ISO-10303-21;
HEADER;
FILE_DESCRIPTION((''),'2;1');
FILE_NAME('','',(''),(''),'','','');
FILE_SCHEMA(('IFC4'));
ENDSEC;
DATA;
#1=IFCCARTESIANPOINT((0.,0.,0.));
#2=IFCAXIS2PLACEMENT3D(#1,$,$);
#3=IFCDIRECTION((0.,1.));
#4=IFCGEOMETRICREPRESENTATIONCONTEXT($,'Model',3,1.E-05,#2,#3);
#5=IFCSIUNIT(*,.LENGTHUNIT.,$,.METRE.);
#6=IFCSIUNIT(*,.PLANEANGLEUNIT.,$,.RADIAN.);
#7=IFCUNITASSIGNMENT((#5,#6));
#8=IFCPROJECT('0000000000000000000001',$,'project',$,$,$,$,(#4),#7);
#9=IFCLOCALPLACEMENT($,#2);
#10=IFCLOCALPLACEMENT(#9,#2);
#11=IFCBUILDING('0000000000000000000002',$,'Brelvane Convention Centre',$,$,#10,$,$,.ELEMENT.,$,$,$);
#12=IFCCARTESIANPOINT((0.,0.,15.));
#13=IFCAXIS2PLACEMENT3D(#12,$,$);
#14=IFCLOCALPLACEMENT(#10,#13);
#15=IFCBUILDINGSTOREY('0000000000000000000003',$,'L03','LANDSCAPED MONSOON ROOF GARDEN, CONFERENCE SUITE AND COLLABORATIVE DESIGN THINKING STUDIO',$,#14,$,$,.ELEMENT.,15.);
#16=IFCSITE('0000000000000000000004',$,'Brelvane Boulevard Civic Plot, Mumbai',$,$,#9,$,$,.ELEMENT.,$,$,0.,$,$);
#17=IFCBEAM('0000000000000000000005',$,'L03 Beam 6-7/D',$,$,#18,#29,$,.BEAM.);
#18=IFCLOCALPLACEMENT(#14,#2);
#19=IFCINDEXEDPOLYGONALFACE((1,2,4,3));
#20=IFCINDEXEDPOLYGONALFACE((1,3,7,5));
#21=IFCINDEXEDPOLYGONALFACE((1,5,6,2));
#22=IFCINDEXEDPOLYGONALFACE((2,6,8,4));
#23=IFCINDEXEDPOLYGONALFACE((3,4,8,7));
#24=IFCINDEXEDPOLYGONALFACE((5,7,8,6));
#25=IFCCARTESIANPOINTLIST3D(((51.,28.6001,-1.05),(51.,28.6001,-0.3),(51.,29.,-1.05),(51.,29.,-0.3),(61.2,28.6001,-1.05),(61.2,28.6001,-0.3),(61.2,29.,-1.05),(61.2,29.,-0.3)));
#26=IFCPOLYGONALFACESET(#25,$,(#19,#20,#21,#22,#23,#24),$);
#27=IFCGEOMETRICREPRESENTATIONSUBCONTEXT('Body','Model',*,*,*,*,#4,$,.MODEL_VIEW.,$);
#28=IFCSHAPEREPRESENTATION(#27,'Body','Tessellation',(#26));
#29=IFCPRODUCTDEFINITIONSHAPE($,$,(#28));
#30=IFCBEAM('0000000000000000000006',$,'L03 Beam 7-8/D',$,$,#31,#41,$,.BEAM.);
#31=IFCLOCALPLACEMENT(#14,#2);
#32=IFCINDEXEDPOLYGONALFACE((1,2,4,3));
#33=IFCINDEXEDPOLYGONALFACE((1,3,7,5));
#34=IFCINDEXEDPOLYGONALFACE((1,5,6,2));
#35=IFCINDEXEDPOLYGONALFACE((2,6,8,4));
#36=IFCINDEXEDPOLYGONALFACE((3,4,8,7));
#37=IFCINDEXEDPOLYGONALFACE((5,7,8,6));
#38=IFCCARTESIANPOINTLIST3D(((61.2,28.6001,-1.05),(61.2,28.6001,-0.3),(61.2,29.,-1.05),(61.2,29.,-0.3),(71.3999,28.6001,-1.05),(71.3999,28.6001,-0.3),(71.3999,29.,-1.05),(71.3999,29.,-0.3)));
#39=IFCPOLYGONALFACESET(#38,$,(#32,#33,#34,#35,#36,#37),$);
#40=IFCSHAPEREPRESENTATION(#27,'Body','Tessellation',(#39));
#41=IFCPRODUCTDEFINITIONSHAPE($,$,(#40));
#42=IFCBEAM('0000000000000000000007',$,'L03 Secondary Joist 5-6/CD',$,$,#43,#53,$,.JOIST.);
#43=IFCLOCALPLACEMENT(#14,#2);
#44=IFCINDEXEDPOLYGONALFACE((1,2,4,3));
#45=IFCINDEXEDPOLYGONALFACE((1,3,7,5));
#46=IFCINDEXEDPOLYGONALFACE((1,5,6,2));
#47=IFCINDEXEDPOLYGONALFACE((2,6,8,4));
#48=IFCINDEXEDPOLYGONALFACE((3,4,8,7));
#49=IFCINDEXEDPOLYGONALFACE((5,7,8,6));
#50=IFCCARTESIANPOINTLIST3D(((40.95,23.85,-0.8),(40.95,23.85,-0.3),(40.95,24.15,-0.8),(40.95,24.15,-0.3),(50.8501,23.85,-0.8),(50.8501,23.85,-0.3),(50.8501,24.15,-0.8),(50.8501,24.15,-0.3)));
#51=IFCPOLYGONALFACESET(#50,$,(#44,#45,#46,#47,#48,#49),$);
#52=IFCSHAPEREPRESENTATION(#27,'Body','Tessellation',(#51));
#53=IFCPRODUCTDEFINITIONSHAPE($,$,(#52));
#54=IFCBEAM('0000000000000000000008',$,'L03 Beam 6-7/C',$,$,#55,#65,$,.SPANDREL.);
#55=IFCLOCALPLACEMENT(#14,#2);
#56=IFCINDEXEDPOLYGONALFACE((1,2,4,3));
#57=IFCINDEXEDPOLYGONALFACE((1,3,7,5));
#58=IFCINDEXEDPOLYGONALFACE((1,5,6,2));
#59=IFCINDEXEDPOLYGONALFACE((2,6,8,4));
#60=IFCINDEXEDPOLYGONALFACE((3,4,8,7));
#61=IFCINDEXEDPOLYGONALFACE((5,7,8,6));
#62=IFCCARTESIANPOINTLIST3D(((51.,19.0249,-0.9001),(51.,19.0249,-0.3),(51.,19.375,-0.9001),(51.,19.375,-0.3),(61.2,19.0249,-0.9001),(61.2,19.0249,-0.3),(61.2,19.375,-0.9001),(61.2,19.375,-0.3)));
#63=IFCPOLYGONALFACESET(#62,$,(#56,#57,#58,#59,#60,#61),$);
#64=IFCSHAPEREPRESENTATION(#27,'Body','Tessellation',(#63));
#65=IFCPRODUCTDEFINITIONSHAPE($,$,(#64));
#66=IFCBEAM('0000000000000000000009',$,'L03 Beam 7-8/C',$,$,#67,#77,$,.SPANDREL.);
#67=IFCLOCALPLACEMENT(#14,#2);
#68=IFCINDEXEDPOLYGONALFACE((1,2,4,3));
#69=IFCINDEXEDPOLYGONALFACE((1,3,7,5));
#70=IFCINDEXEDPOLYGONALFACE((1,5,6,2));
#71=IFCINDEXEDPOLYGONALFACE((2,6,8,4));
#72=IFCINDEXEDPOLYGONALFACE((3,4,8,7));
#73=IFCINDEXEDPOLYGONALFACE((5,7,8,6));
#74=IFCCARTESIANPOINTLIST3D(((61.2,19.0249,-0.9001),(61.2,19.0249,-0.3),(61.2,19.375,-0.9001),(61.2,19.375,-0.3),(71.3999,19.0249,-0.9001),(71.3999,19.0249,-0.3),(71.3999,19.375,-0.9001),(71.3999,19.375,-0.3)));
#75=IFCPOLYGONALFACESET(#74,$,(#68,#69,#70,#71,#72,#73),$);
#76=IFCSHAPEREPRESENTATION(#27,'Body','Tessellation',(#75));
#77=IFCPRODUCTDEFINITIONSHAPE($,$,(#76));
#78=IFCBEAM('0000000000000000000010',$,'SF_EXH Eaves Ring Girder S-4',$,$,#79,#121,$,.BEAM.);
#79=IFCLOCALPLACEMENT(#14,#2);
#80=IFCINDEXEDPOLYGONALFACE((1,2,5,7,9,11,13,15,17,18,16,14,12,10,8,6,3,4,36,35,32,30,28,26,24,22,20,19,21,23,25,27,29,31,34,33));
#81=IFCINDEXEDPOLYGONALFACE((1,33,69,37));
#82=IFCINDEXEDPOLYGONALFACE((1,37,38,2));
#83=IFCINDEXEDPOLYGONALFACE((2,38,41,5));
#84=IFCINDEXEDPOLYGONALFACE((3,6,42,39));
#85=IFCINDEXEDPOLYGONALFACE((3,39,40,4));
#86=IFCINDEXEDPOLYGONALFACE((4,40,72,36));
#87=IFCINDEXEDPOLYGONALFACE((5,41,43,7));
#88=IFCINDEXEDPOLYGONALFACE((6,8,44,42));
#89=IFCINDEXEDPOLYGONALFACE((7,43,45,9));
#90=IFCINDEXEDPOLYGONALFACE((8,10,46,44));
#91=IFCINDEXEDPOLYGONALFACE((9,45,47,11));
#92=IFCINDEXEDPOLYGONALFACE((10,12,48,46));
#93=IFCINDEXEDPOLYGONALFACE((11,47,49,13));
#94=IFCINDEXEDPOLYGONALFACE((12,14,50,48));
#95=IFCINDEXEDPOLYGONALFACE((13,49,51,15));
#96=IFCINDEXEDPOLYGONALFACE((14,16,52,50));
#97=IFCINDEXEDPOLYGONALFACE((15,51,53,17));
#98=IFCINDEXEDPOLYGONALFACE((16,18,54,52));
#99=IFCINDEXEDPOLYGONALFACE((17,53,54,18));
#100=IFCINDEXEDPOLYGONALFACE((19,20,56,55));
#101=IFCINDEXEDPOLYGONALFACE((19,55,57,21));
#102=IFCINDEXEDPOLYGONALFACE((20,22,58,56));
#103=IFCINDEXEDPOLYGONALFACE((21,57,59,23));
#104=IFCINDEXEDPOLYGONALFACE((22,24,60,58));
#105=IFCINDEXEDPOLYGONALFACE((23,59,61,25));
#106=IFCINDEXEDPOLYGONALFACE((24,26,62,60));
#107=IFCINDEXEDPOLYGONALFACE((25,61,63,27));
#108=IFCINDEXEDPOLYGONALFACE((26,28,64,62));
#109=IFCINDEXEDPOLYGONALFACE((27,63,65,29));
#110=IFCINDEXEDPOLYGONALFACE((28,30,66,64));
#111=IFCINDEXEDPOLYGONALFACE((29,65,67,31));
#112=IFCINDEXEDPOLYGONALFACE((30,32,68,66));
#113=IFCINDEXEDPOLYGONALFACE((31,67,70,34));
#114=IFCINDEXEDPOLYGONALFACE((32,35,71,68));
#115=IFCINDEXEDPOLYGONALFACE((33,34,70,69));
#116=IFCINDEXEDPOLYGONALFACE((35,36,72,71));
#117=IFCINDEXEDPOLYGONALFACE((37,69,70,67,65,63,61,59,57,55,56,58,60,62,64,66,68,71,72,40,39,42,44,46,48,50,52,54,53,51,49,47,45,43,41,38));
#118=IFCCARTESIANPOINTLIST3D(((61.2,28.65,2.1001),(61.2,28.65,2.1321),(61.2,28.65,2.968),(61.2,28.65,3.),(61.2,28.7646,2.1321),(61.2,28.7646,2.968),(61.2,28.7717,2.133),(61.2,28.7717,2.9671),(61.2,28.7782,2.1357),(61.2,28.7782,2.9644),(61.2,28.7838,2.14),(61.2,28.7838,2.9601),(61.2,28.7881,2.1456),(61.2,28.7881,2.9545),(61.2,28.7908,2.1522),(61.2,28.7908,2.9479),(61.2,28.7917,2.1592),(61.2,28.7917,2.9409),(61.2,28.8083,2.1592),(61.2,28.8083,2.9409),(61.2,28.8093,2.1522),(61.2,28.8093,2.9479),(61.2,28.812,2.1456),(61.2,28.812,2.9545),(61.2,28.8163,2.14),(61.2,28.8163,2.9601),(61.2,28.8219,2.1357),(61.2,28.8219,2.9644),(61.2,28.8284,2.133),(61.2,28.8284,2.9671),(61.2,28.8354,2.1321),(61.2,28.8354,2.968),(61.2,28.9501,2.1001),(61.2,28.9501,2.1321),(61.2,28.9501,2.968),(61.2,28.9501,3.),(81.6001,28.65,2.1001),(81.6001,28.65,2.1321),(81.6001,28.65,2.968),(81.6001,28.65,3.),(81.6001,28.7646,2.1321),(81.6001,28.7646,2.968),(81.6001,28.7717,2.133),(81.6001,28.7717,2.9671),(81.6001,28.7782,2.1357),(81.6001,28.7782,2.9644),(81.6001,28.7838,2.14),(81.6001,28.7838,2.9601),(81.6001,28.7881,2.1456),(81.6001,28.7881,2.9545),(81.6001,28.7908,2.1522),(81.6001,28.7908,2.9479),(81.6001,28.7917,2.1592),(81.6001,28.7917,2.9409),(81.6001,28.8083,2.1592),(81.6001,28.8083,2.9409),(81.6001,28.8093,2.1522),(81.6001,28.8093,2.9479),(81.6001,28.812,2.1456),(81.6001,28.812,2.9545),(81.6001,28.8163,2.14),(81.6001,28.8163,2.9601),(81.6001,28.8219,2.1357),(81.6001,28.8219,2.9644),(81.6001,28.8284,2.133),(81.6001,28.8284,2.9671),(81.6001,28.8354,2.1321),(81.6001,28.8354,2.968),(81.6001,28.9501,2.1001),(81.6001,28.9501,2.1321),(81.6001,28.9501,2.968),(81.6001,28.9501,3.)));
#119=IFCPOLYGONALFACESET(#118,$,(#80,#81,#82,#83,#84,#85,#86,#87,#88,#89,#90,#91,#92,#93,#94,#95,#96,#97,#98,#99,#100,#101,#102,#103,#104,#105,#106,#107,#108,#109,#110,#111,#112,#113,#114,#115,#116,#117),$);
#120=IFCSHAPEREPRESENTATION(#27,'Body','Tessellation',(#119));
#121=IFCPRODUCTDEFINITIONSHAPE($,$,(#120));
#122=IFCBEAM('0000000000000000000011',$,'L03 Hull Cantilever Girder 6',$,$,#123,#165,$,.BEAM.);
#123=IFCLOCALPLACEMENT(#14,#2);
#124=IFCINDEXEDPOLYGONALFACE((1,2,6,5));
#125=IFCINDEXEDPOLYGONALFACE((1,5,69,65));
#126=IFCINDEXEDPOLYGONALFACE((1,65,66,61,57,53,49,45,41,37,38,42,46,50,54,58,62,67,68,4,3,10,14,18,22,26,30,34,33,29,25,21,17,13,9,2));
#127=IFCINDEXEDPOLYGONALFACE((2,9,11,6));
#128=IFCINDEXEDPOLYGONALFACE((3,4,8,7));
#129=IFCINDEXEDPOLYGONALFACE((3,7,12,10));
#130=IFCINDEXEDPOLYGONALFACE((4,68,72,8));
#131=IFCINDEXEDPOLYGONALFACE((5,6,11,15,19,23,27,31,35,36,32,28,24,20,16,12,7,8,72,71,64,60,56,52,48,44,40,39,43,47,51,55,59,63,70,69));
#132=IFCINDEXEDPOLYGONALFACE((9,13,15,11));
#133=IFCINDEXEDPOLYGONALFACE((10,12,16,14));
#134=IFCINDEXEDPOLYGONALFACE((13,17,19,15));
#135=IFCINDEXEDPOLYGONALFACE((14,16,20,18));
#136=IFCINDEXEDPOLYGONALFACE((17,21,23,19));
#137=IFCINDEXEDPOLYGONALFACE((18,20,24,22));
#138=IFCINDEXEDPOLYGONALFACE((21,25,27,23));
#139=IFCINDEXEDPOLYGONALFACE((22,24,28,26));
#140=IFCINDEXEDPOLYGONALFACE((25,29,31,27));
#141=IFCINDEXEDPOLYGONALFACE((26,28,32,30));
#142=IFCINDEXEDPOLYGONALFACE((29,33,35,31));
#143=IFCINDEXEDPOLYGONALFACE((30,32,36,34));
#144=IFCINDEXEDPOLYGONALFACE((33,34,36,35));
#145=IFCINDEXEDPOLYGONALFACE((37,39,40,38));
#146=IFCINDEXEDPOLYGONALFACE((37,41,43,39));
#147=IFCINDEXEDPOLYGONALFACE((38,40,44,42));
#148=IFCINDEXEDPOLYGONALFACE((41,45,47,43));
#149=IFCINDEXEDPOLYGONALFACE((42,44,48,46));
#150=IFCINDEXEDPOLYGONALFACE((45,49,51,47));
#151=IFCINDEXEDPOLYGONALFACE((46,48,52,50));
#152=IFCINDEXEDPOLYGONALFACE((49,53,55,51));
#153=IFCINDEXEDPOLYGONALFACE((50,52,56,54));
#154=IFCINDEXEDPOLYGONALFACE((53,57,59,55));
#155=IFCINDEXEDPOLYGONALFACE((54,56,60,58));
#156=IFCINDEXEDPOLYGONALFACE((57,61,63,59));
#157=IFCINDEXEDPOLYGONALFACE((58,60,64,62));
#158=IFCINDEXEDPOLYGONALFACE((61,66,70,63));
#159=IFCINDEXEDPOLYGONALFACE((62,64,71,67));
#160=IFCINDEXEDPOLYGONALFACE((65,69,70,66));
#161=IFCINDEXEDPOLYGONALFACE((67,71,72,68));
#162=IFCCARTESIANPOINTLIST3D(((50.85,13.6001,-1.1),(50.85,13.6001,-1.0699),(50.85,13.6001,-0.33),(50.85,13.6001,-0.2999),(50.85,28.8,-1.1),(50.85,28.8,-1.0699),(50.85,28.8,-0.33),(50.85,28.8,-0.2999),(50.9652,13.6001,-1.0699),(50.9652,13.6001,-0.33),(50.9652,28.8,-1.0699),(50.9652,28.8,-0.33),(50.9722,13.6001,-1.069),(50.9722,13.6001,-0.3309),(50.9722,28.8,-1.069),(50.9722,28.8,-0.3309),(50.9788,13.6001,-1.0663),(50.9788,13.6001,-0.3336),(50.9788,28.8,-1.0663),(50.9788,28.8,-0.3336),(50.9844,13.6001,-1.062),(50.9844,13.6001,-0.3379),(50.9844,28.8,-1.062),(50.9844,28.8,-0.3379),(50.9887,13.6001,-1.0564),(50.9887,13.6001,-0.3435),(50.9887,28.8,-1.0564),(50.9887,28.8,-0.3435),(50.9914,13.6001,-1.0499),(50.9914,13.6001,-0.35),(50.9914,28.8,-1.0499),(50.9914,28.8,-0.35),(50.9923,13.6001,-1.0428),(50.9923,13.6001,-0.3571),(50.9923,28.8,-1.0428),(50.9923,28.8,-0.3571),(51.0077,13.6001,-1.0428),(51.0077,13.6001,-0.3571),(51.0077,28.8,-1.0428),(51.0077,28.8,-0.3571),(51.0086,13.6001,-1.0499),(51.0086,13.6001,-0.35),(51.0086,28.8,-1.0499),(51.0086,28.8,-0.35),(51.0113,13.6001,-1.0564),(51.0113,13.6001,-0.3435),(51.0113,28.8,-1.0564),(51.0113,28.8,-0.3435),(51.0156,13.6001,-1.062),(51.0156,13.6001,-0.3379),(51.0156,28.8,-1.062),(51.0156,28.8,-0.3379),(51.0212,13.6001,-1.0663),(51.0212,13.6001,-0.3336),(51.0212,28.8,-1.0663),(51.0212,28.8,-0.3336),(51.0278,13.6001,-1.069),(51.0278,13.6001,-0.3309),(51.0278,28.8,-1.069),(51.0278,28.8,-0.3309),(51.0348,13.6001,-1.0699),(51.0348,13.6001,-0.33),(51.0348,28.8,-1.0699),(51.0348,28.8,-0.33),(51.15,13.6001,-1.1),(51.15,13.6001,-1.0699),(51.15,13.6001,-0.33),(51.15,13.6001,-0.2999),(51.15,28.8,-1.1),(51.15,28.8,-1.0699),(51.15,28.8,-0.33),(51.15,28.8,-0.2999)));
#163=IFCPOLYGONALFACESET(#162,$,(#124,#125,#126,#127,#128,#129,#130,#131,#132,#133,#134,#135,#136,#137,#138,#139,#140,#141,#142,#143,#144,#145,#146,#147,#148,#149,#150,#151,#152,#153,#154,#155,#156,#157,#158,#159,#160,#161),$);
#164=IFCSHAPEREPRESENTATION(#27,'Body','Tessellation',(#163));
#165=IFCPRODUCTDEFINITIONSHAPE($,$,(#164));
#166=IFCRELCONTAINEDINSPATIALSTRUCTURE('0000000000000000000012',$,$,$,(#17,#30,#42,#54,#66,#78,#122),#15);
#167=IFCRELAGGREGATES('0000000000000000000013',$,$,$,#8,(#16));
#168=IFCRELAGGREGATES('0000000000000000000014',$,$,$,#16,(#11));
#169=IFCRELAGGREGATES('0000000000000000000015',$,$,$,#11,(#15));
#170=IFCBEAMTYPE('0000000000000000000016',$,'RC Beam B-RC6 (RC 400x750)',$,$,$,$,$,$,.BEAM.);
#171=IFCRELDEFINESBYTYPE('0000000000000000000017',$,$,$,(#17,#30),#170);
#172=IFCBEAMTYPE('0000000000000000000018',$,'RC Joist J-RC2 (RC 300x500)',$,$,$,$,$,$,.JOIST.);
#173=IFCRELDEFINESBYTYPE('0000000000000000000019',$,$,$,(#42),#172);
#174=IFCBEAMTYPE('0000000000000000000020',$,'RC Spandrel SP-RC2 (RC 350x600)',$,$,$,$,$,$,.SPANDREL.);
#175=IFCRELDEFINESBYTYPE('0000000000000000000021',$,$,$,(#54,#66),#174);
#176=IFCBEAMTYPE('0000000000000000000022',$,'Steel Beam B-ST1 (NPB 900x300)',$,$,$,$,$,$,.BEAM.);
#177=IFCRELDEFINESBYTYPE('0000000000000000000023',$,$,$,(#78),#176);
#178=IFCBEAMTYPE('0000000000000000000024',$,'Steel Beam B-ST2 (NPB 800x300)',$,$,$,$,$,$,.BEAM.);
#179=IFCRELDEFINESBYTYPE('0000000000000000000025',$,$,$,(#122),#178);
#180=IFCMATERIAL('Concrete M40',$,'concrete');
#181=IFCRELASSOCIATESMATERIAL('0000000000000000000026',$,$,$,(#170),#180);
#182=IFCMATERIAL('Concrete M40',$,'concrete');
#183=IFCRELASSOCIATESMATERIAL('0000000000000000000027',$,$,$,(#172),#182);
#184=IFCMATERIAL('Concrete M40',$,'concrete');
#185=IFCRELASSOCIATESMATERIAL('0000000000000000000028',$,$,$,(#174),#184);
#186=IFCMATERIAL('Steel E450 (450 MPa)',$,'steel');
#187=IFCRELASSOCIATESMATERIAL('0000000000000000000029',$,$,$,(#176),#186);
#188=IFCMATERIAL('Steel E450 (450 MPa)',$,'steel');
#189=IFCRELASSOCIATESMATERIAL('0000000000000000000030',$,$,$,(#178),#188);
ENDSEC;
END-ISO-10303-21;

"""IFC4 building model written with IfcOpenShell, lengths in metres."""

from ifc_helpers import new_model, si_unit, direction, frame, origin, origin_2d, place, context, subcontext, project, spatial, rectangle, i_section, extrude, material, material_profile, profile_set, type_object, element, save


model = new_model("IFC4")

# Units and contexts
model_context = context("Model", 3, precision=1e-05, world=origin(), true_north=direction((0.0, 1.0)))
body_context = subcontext(model_context, "Body", "Model", "MODEL_VIEW")
ifc_project = project(units=[si_unit("LENGTHUNIT", "METRE"), si_unit("PLANEANGLEUNIT", "RADIAN")], contexts=[model_context])

# Site, building, storey
site_placement = place(None, origin())
site = spatial("IfcSite", under=ifc_project, at=site_placement, Name="Brelvane Boulevard Civic Plot, Mumbai", CompositionType="ELEMENT", RefElevation=0.0)
building_placement = place(site_placement, origin())
building = spatial("IfcBuilding", under=site, at=building_placement, Name="Brelvane Convention Centre", CompositionType="ELEMENT")
storey_placement = place(building_placement, frame((0.0, 0.0, 15.0)))
storey = spatial("IfcBuildingStorey", under=building, at=storey_placement, Name="L03", Description="LANDSCAPED MONSOON ROOF GARDEN, CONFERENCE SUITE AND COLLABORATIVE DESIGN THINKING STUDIO", CompositionType="ELEMENT", Elevation=15.0)

# Beams
ifc_material_1 = material(Name="Concrete M40", Category="concrete")
ifc_material_profile_1 = material_profile(ifc_material_1, rectangle(XDim=0.3999, YDim=0.75, at=origin_2d()), Name="RC 400x750")
ifc_profile_set_1 = profile_set([ifc_material_profile_1], Name="Concrete M40")
beam_type_1 = type_object("IfcBeamType", Name="RC Beam B-RC6 (RC 400x750)", PredefinedType="BEAM", material=ifc_profile_set_1)
for number, where, z_axis, x_axis, name in (
    (1, (51.0, 28.8, -0.675), (1.0, 0.0, 0.0), (0.0, 1.0, 0.0), "L03 Beam 6-7/D"),
    (2, (61.2, 28.8, -0.675), (1.0, 0.0, 0.0), (0.0, 1.0, 0.0), "L03 Beam 7-8/D"),
):
    element("IfcBeam", number, at=place(storey_placement, frame(where, z_axis=z_axis, x_axis=x_axis)), inside=storey, type_object=beam_type_1, Name=name, PredefinedType="BEAM", context=body_context, shape_type="SweptSolid", body=[
        extrude(rectangle(XDim=0.3999, YDim=0.75, at=origin_2d()), origin(), (0.0, 0.0, 1.0), 10.2),
    ])
ifc_material_2 = material(Name="Concrete M40", Category="concrete")
ifc_material_profile_2 = material_profile(ifc_material_2, rectangle(XDim=0.3, YDim=0.5, at=origin_2d()), Name="RC 300x500")
ifc_profile_set_2 = profile_set([ifc_material_profile_2], Name="Concrete M40")
beam_type_2 = type_object("IfcBeamType", Name="RC Joist J-RC2 (RC 300x500)", PredefinedType="JOIST", material=ifc_profile_set_2)
beam_1_placement = place(storey_placement, frame((40.95, 24.0, -0.55), z_axis=(1.0, 0.0, 0.0), x_axis=(0.0, 1.0, 0.0)))
element("IfcBeam", 3, at=beam_1_placement, inside=storey, type_object=beam_type_2, Name="L03 Secondary Joist 5-6/CD", PredefinedType="JOIST", context=body_context, shape_type="SweptSolid", body=[
    extrude(rectangle(XDim=0.3, YDim=0.5, at=origin_2d()), origin(), (0.0, 0.0, 1.0), 9.9001),
])
ifc_material_3 = material(Name="Concrete M40", Category="concrete")
ifc_material_profile_3 = material_profile(ifc_material_3, rectangle(XDim=0.3501, YDim=0.6001, at=origin_2d()), Name="RC 350x600")
ifc_profile_set_3 = profile_set([ifc_material_profile_3], Name="Concrete M40")
beam_type_3 = type_object("IfcBeamType", Name="RC Spandrel SP-RC2 (RC 350x600)", PredefinedType="SPANDREL", material=ifc_profile_set_3)
for number, where, z_axis, x_axis, name in (
    (4, (51.0, 19.2, -0.6001), (1.0, 0.0, 0.0), (0.0, 1.0, 0.0), "L03 Beam 6-7/C"),
    (5, (61.2, 19.2, -0.6001), (1.0, 0.0, 0.0), (0.0, 1.0, 0.0), "L03 Beam 7-8/C"),
):
    element("IfcBeam", number, at=place(storey_placement, frame(where, z_axis=z_axis, x_axis=x_axis)), inside=storey, type_object=beam_type_3, Name=name, PredefinedType="SPANDREL", context=body_context, shape_type="SweptSolid", body=[
        extrude(rectangle(XDim=0.3501, YDim=0.6001, at=origin_2d()), origin(), (0.0, 0.0, 1.0), 10.2),
    ])
ifc_material_4 = material(Name="Steel E450 (450 MPa)", Category="steel")
ifc_material_profile_4 = material_profile(ifc_material_4, i_section(OverallWidth=0.3, OverallDepth=0.8999, WebThickness=0.0166, FlangeThickness=0.032, FilletRadius=0.0271, at=origin_2d()), Name="NPB 900x300")
ifc_profile_set_4 = profile_set([ifc_material_profile_4], Name="Steel E450 (450 MPa)")
beam_type_4 = type_object("IfcBeamType", Name="Steel Beam B-ST1 (NPB 900x300)", PredefinedType="BEAM", material=ifc_profile_set_4)
beam_2_placement = place(storey_placement, frame((61.2, 28.8, 2.55), z_axis=(1.0, 0.0, 0.0), x_axis=(0.0, 1.0, 0.0)))
element("IfcBeam", 6, at=beam_2_placement, inside=storey, type_object=beam_type_4, Name="SF_EXH Eaves Ring Girder S-4", PredefinedType="BEAM", context=body_context, shape_type="SweptSolid", body=[
    extrude(i_section(OverallWidth=0.3, OverallDepth=0.8999, WebThickness=0.0166, FlangeThickness=0.032, FilletRadius=0.0271, at=origin_2d()), origin(), (0.0, 0.0, 1.0), 20.4001),
])
ifc_material_5 = material(Name="Steel E450 (450 MPa)", Category="steel")
ifc_material_profile_5 = material_profile(ifc_material_5, i_section(OverallWidth=0.3, OverallDepth=0.8, WebThickness=0.0154, FlangeThickness=0.03, FilletRadius=0.0271, at=origin_2d()), Name="NPB 800x300")
ifc_profile_set_5 = profile_set([ifc_material_profile_5], Name="Steel E450 (450 MPa)")
beam_type_5 = type_object("IfcBeamType", Name="Steel Beam B-ST2 (NPB 800x300)", PredefinedType="BEAM", material=ifc_profile_set_5)
for number, where, z_axis, x_axis, name in (
    (7, (51.0, 13.6001, -0.7), (0.0, 1.0, 0.0), (-1.0, 0.0, 0.0), "L03 Hull Cantilever Girder 6"),
):
    element("IfcBeam", number, at=place(storey_placement, frame(where, z_axis=z_axis, x_axis=x_axis)), inside=storey, type_object=beam_type_5, Name=name, PredefinedType="BEAM", context=body_context, shape_type="SweptSolid", body=[
        extrude(i_section(OverallWidth=0.3, OverallDepth=0.8, WebThickness=0.0154, FlangeThickness=0.03, FilletRadius=0.0271, at=origin_2d()), origin(), (0.0, 0.0, 1.0), 15.2),
    ])

save(model, "model.ifc")
